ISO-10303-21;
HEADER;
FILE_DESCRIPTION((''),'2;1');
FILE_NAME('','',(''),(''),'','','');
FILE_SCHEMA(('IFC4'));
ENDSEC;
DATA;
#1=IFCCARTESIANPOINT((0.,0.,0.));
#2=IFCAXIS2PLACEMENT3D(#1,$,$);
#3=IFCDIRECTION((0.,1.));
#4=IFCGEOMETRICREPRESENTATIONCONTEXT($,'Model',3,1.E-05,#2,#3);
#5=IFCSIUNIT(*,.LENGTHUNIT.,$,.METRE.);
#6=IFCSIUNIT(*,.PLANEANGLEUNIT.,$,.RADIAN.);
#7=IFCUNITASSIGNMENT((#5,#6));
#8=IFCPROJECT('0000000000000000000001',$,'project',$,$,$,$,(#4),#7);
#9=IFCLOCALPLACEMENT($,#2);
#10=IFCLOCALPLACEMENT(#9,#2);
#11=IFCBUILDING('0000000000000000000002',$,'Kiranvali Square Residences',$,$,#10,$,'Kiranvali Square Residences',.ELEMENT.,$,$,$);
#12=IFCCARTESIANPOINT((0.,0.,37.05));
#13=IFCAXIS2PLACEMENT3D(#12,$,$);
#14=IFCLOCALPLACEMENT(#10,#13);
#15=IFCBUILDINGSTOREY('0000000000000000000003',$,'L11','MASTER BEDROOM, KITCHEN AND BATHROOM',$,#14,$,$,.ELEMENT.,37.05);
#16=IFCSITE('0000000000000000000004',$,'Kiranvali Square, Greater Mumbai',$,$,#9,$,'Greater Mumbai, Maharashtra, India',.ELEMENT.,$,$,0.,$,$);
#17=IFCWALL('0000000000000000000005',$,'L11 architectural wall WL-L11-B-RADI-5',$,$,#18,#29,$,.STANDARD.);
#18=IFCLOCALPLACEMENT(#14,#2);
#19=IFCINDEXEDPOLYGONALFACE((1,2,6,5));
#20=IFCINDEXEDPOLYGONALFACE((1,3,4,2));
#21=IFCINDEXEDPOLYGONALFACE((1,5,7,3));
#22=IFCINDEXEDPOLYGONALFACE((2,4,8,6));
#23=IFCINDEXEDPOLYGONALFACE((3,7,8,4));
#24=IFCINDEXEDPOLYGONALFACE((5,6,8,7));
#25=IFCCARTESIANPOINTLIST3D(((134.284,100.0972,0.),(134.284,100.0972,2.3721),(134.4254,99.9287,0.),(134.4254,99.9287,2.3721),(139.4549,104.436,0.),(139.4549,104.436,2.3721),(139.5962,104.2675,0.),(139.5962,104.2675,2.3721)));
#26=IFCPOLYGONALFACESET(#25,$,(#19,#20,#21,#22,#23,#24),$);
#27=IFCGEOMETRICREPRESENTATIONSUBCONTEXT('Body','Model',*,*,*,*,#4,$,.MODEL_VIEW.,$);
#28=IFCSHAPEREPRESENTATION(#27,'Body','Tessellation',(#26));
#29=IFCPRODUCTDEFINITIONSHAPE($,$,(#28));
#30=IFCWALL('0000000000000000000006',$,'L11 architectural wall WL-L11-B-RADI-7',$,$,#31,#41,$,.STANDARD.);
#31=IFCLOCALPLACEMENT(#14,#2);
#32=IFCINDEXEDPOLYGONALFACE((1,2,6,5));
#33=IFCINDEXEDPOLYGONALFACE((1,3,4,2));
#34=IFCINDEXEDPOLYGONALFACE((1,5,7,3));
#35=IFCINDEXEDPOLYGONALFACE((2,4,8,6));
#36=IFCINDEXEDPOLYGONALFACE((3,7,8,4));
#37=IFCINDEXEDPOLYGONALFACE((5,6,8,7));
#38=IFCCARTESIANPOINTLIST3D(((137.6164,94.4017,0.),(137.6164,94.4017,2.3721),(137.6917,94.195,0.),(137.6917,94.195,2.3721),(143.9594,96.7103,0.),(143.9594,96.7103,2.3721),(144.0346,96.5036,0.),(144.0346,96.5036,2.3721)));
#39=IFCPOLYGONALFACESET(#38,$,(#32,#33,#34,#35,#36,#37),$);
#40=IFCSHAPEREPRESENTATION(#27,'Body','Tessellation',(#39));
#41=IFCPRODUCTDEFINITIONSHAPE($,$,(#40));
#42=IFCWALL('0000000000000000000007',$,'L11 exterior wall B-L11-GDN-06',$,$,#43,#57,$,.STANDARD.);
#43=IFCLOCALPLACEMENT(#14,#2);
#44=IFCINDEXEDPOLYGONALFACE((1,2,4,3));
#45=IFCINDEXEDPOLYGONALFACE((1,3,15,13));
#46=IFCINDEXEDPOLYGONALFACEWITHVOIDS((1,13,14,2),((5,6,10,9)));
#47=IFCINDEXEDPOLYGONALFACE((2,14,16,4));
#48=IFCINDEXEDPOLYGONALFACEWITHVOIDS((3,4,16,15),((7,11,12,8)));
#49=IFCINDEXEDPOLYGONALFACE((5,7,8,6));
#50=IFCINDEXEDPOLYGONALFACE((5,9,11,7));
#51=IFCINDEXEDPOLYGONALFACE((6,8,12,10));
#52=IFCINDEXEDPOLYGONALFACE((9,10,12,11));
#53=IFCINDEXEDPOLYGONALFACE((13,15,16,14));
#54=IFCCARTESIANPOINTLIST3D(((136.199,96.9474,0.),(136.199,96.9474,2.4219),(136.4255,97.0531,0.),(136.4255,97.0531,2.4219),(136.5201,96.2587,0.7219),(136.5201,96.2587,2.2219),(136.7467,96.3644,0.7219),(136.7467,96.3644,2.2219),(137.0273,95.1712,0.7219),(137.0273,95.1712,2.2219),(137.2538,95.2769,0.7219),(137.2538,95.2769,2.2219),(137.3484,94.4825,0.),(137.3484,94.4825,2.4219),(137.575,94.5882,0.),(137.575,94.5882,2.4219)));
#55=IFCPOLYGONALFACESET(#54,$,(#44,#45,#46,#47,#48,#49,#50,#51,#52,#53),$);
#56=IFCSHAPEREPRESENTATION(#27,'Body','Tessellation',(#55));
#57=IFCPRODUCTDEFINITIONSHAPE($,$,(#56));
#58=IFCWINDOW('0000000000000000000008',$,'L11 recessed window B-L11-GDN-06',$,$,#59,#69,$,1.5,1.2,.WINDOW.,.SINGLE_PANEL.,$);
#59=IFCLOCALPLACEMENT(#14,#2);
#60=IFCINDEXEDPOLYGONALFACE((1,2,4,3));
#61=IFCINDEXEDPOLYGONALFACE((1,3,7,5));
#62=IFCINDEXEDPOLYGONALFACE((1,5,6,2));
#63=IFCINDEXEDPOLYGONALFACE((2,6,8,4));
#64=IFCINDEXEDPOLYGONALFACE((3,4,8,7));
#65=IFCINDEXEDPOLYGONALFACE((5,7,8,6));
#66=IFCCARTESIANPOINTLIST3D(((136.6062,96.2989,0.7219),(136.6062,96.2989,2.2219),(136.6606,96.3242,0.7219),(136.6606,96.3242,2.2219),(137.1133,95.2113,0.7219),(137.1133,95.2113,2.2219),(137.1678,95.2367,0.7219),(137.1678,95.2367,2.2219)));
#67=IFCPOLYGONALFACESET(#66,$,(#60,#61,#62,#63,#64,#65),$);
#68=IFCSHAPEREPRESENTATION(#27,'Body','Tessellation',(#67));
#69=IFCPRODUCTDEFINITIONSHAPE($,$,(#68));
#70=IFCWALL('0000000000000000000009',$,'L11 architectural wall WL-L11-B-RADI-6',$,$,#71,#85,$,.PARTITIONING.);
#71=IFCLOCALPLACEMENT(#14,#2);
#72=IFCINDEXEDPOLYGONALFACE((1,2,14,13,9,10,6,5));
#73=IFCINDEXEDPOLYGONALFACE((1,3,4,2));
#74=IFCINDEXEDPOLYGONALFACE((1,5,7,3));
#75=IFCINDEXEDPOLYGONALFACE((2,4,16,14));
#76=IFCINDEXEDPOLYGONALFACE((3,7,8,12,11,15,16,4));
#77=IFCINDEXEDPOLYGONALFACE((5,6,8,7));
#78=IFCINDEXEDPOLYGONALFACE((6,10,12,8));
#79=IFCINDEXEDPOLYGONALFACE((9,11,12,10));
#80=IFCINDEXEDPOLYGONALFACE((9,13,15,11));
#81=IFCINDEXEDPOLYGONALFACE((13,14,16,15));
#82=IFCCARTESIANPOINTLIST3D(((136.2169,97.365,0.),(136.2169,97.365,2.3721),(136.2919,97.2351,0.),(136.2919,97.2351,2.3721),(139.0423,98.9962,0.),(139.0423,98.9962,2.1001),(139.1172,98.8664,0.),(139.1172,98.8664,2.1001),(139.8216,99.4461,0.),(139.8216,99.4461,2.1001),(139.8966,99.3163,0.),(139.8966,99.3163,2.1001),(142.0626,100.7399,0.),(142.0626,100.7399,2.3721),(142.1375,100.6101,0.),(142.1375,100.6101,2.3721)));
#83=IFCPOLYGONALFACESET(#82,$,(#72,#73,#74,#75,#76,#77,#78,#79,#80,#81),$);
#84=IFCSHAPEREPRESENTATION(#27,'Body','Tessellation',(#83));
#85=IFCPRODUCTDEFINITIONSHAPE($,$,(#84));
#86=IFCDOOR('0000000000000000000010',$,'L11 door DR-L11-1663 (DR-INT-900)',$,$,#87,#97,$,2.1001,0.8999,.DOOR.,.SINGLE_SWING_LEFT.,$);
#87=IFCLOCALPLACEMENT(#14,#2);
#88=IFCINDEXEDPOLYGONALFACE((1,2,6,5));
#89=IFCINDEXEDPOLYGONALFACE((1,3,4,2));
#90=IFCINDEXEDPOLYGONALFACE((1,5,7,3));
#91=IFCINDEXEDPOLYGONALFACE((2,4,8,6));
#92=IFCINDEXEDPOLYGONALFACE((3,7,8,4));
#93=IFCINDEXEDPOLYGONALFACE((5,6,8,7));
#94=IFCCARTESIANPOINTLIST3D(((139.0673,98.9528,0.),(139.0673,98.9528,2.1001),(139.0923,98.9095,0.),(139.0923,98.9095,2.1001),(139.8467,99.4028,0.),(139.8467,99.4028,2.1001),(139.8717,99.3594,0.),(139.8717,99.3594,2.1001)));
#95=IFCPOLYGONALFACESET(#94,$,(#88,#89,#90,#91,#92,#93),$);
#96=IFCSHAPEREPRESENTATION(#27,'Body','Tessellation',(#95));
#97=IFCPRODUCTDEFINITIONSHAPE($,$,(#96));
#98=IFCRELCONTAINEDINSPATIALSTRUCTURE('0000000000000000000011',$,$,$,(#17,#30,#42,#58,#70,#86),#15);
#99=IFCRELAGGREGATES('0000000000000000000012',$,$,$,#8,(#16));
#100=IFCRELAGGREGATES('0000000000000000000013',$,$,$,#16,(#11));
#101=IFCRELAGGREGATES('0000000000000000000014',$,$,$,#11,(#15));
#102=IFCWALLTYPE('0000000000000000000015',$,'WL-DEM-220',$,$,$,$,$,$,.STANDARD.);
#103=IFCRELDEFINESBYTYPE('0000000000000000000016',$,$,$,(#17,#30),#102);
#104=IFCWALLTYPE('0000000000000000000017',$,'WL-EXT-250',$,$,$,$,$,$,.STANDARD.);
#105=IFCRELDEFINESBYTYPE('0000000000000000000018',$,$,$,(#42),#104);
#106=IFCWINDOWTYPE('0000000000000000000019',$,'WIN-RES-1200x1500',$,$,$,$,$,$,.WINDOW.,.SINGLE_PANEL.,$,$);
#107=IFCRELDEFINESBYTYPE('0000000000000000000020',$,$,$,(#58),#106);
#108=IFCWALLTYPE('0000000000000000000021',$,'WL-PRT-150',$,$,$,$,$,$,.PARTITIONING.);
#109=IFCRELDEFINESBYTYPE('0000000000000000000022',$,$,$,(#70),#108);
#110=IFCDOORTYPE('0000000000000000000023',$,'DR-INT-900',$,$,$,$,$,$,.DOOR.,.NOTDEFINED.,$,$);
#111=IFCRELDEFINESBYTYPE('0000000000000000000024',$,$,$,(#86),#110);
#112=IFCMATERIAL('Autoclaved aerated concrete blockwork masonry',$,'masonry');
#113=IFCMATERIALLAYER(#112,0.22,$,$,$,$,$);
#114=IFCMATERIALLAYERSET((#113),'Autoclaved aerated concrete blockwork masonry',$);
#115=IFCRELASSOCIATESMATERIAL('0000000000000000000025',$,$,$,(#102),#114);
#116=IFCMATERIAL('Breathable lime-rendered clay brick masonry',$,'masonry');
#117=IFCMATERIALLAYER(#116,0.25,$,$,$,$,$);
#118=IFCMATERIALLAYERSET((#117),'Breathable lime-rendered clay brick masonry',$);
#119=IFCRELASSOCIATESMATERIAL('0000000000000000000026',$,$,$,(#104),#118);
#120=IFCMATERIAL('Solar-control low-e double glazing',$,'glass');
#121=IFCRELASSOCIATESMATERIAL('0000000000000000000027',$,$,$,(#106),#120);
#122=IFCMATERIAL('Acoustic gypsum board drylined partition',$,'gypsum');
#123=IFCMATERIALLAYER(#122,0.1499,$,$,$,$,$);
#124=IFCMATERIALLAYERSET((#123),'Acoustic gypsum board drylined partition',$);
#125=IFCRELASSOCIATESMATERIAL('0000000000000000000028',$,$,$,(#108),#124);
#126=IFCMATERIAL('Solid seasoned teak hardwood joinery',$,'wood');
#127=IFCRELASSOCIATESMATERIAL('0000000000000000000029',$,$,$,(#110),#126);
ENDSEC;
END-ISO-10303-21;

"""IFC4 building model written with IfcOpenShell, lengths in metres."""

from ifc_helpers import new_model, si_unit, direction, frame, frame_2d, origin, place, context, subcontext, project, spatial, rectangle, extrude, material, layer, layer_set, type_object, element, fill, save


model = new_model("IFC4")

# Units and contexts
model_context = context("Model", 3, precision=1e-05, world=origin(), true_north=direction((0.0, 1.0)))
body_context = subcontext(model_context, "Body", "Model", "MODEL_VIEW")
ifc_project = project(units=[si_unit("LENGTHUNIT", "METRE"), si_unit("PLANEANGLEUNIT", "RADIAN")], contexts=[model_context])

# Site, building, storey
site_placement = place(None, origin())
site = spatial("IfcSite", under=ifc_project, at=site_placement, Name="Kiranvali Square, Greater Mumbai", LongName="Greater Mumbai, Maharashtra, India", CompositionType="ELEMENT", RefElevation=0.0)
building_placement = place(site_placement, origin())
building = spatial("IfcBuilding", under=site, at=building_placement, Name="Kiranvali Square Residences", LongName="Kiranvali Square Residences", CompositionType="ELEMENT")
storey_placement = place(building_placement, frame((0.0, 0.0, 37.05)))
storey = spatial("IfcBuildingStorey", under=building, at=storey_placement, Name="L11", Description="MASTER BEDROOM, KITCHEN AND BATHROOM", CompositionType="ELEMENT", Elevation=37.05)

# Shared definitions
ifc_material_1 = material(Name="Autoclaved aerated concrete blockwork masonry", Category="masonry")

# Walls
ifc_layer_1 = layer(ifc_material_1, 0.22)
ifc_layer_set_1 = layer_set([ifc_layer_1], Name="Autoclaved aerated concrete blockwork masonry")
wall_type_1 = type_object("IfcWallType", Name="WL-DEM-220", PredefinedType="STANDARD", material=ifc_layer_set_1)
for number, where, z_axis, x_axis, name in (
    (1, (134.3547, 100.0129, 0.0), (0.0, 0.0, 1.0), (0.766047, 0.642785, 0.0), "L11 architectural wall WL-L11-B-RADI-5"),
    (2, (137.6541, 94.2983, 0.0), (0.0, 0.0, 1.0), (0.939696, 0.34201, 0.0), "L11 architectural wall WL-L11-B-RADI-7"),
):
    element("IfcWall", number, at=place(storey_placement, frame(where, z_axis=z_axis, x_axis=x_axis)), inside=storey, type_object=wall_type_1, Name=name, PredefinedType="STANDARD", context=body_context, shape_type="SweptSolid", body=[
        extrude(rectangle(XDim=6.75, YDim=0.22, at=frame_2d((3.375, 0.0))), origin(), (0.0, 0.0, 1.0), 2.3721),
    ])

# Shared definitions
ifc_material_2 = material(Name="Breathable lime-rendered clay brick masonry", Category="masonry")
ifc_layer_2 = layer(ifc_material_2, 0.25)
ifc_layer_set_2 = layer_set([ifc_layer_2], Name="Breathable lime-rendered clay brick masonry")
wall_type_2 = type_object("IfcWallType", Name="WL-EXT-250", PredefinedType="STANDARD", material=ifc_layer_set_2)

# Wall, opening, window
wall_1_placement = place(storey_placement, frame((136.3123, 97.0002, 0.0), z_axis=(0.0, 0.0, 1.0), x_axis=(0.42263, -0.906302, 0.0)))
wall_1 = element("IfcWall", 3, at=wall_1_placement, inside=storey, type_object=wall_type_2, Name="L11 exterior wall B-L11-GDN-06", PredefinedType="STANDARD", context=body_context, shape_type="SweptSolid", body=[
    extrude(rectangle(XDim=2.7197, YDim=0.25, at=frame_2d((1.3599, 0.0))), origin(), (0.0, 0.0, 1.0), 2.4219),
])
opening_1_placement = place(wall_1_placement, frame((0.7598, 0.0, 0.7219)))
opening_1 = element("IfcOpeningElement", 4, at=opening_1_placement, cuts=wall_1, PredefinedType="OPENING", context=body_context, shape_type="SweptSolid", body=[
    extrude(rectangle(XDim=1.2, YDim=1.5, at=frame_2d((0.6001, 0.75))), frame((0.0, 0.135, 0.0), z_axis=(0.0, -1.0, 0.0), x_axis=(1.0, 0.0, 0.0)), (0.0, 0.0, 1.0), 0.27),
])
ifc_material_3 = material(Name="Solar-control low-e double glazing", Category="glass")
window_type = type_object("IfcWindowType", Name="WIN-RES-1200x1500", PartitioningType="SINGLE_PANEL", PredefinedType="WINDOW", material=ifc_material_3)
window_placement = place(opening_1_placement, origin())
window = element("IfcWindow", 5, at=window_placement, inside=storey, type_object=window_type, Name="L11 recessed window B-L11-GDN-06", OverallHeight=1.5, OverallWidth=1.2, PartitioningType="SINGLE_PANEL", PredefinedType="WINDOW", context=body_context, shape_type="SweptSolid", body=[
    extrude(rectangle(XDim=1.2, YDim=1.5, at=frame_2d((0.6001, 0.75))), frame((0.0, 0.03, 0.0), z_axis=(0.0, -1.0, 0.0), x_axis=(1.0, 0.0, 0.0)), (0.0, 0.0, 1.0), 0.0601),
])
fill(opening_1, window)

# Wall, opening, door
ifc_material_4 = material(Name="Acoustic gypsum board drylined partition", Category="gypsum")
ifc_layer_3 = layer(ifc_material_4, 0.1499)
ifc_layer_set_3 = layer_set([ifc_layer_3], Name="Acoustic gypsum board drylined partition")
wall_type_3 = type_object("IfcWallType", Name="WL-PRT-150", PredefinedType="PARTITIONING", material=ifc_layer_set_3)
wall_2_placement = place(storey_placement, frame((136.2544, 97.3, 0.0), z_axis=(0.0, 0.0, 1.0), x_axis=(0.866027, 0.499998, 0.0)))
wall_2 = element("IfcWall", 6, at=wall_2_placement, inside=storey, type_object=wall_type_3, Name="L11 architectural wall WL-L11-B-RADI-6", PredefinedType="PARTITIONING", context=body_context, shape_type="SweptSolid", body=[
    extrude(rectangle(XDim=6.75, YDim=0.1499, at=frame_2d((3.375, 0.0))), origin(), (0.0, 0.0, 1.0), 2.3721),
])
opening_2_placement = place(wall_2_placement, frame((3.2625, 0.0, 0.0)))
opening_2 = element("IfcOpeningElement", 7, at=opening_2_placement, cuts=wall_2, PredefinedType="OPENING", context=body_context, shape_type="SweptSolid", body=[
    extrude(rectangle(XDim=0.8999, YDim=2.1001, at=frame_2d((0.45, 1.05))), frame((0.0, 0.085, 0.0), z_axis=(0.0, -1.0, 0.0), x_axis=(1.0, 0.0, 0.0)), (0.0, 0.0, 1.0), 0.1699),
])
ifc_material_5 = material(Name="Solid seasoned teak hardwood joinery", Category="wood")
door_type_1 = type_object("IfcDoorType", Name="DR-INT-900", OperationType="NOTDEFINED", PredefinedType="DOOR", material=ifc_material_5)
door_1_placement = place(opening_2_placement, origin())
door_1 = element("IfcDoor", 8, at=door_1_placement, inside=storey, type_object=door_type_1, Name="L11 door DR-L11-1663 (DR-INT-900)", OperationType="SINGLE_SWING_LEFT", OverallHeight=2.1001, OverallWidth=0.8999, PredefinedType="DOOR", context=body_context, shape_type="SweptSolid", body=[
    extrude(rectangle(XDim=0.8999, YDim=2.1001, at=frame_2d((0.45, 1.05))), frame((0.0, 0.0249, 0.0), z_axis=(0.0, -1.0, 0.0), x_axis=(1.0, 0.0, 0.0)), (0.0, 0.0, 1.0), 0.05),
])
fill(opening_2, door_1)

save(model, "model.ifc")
